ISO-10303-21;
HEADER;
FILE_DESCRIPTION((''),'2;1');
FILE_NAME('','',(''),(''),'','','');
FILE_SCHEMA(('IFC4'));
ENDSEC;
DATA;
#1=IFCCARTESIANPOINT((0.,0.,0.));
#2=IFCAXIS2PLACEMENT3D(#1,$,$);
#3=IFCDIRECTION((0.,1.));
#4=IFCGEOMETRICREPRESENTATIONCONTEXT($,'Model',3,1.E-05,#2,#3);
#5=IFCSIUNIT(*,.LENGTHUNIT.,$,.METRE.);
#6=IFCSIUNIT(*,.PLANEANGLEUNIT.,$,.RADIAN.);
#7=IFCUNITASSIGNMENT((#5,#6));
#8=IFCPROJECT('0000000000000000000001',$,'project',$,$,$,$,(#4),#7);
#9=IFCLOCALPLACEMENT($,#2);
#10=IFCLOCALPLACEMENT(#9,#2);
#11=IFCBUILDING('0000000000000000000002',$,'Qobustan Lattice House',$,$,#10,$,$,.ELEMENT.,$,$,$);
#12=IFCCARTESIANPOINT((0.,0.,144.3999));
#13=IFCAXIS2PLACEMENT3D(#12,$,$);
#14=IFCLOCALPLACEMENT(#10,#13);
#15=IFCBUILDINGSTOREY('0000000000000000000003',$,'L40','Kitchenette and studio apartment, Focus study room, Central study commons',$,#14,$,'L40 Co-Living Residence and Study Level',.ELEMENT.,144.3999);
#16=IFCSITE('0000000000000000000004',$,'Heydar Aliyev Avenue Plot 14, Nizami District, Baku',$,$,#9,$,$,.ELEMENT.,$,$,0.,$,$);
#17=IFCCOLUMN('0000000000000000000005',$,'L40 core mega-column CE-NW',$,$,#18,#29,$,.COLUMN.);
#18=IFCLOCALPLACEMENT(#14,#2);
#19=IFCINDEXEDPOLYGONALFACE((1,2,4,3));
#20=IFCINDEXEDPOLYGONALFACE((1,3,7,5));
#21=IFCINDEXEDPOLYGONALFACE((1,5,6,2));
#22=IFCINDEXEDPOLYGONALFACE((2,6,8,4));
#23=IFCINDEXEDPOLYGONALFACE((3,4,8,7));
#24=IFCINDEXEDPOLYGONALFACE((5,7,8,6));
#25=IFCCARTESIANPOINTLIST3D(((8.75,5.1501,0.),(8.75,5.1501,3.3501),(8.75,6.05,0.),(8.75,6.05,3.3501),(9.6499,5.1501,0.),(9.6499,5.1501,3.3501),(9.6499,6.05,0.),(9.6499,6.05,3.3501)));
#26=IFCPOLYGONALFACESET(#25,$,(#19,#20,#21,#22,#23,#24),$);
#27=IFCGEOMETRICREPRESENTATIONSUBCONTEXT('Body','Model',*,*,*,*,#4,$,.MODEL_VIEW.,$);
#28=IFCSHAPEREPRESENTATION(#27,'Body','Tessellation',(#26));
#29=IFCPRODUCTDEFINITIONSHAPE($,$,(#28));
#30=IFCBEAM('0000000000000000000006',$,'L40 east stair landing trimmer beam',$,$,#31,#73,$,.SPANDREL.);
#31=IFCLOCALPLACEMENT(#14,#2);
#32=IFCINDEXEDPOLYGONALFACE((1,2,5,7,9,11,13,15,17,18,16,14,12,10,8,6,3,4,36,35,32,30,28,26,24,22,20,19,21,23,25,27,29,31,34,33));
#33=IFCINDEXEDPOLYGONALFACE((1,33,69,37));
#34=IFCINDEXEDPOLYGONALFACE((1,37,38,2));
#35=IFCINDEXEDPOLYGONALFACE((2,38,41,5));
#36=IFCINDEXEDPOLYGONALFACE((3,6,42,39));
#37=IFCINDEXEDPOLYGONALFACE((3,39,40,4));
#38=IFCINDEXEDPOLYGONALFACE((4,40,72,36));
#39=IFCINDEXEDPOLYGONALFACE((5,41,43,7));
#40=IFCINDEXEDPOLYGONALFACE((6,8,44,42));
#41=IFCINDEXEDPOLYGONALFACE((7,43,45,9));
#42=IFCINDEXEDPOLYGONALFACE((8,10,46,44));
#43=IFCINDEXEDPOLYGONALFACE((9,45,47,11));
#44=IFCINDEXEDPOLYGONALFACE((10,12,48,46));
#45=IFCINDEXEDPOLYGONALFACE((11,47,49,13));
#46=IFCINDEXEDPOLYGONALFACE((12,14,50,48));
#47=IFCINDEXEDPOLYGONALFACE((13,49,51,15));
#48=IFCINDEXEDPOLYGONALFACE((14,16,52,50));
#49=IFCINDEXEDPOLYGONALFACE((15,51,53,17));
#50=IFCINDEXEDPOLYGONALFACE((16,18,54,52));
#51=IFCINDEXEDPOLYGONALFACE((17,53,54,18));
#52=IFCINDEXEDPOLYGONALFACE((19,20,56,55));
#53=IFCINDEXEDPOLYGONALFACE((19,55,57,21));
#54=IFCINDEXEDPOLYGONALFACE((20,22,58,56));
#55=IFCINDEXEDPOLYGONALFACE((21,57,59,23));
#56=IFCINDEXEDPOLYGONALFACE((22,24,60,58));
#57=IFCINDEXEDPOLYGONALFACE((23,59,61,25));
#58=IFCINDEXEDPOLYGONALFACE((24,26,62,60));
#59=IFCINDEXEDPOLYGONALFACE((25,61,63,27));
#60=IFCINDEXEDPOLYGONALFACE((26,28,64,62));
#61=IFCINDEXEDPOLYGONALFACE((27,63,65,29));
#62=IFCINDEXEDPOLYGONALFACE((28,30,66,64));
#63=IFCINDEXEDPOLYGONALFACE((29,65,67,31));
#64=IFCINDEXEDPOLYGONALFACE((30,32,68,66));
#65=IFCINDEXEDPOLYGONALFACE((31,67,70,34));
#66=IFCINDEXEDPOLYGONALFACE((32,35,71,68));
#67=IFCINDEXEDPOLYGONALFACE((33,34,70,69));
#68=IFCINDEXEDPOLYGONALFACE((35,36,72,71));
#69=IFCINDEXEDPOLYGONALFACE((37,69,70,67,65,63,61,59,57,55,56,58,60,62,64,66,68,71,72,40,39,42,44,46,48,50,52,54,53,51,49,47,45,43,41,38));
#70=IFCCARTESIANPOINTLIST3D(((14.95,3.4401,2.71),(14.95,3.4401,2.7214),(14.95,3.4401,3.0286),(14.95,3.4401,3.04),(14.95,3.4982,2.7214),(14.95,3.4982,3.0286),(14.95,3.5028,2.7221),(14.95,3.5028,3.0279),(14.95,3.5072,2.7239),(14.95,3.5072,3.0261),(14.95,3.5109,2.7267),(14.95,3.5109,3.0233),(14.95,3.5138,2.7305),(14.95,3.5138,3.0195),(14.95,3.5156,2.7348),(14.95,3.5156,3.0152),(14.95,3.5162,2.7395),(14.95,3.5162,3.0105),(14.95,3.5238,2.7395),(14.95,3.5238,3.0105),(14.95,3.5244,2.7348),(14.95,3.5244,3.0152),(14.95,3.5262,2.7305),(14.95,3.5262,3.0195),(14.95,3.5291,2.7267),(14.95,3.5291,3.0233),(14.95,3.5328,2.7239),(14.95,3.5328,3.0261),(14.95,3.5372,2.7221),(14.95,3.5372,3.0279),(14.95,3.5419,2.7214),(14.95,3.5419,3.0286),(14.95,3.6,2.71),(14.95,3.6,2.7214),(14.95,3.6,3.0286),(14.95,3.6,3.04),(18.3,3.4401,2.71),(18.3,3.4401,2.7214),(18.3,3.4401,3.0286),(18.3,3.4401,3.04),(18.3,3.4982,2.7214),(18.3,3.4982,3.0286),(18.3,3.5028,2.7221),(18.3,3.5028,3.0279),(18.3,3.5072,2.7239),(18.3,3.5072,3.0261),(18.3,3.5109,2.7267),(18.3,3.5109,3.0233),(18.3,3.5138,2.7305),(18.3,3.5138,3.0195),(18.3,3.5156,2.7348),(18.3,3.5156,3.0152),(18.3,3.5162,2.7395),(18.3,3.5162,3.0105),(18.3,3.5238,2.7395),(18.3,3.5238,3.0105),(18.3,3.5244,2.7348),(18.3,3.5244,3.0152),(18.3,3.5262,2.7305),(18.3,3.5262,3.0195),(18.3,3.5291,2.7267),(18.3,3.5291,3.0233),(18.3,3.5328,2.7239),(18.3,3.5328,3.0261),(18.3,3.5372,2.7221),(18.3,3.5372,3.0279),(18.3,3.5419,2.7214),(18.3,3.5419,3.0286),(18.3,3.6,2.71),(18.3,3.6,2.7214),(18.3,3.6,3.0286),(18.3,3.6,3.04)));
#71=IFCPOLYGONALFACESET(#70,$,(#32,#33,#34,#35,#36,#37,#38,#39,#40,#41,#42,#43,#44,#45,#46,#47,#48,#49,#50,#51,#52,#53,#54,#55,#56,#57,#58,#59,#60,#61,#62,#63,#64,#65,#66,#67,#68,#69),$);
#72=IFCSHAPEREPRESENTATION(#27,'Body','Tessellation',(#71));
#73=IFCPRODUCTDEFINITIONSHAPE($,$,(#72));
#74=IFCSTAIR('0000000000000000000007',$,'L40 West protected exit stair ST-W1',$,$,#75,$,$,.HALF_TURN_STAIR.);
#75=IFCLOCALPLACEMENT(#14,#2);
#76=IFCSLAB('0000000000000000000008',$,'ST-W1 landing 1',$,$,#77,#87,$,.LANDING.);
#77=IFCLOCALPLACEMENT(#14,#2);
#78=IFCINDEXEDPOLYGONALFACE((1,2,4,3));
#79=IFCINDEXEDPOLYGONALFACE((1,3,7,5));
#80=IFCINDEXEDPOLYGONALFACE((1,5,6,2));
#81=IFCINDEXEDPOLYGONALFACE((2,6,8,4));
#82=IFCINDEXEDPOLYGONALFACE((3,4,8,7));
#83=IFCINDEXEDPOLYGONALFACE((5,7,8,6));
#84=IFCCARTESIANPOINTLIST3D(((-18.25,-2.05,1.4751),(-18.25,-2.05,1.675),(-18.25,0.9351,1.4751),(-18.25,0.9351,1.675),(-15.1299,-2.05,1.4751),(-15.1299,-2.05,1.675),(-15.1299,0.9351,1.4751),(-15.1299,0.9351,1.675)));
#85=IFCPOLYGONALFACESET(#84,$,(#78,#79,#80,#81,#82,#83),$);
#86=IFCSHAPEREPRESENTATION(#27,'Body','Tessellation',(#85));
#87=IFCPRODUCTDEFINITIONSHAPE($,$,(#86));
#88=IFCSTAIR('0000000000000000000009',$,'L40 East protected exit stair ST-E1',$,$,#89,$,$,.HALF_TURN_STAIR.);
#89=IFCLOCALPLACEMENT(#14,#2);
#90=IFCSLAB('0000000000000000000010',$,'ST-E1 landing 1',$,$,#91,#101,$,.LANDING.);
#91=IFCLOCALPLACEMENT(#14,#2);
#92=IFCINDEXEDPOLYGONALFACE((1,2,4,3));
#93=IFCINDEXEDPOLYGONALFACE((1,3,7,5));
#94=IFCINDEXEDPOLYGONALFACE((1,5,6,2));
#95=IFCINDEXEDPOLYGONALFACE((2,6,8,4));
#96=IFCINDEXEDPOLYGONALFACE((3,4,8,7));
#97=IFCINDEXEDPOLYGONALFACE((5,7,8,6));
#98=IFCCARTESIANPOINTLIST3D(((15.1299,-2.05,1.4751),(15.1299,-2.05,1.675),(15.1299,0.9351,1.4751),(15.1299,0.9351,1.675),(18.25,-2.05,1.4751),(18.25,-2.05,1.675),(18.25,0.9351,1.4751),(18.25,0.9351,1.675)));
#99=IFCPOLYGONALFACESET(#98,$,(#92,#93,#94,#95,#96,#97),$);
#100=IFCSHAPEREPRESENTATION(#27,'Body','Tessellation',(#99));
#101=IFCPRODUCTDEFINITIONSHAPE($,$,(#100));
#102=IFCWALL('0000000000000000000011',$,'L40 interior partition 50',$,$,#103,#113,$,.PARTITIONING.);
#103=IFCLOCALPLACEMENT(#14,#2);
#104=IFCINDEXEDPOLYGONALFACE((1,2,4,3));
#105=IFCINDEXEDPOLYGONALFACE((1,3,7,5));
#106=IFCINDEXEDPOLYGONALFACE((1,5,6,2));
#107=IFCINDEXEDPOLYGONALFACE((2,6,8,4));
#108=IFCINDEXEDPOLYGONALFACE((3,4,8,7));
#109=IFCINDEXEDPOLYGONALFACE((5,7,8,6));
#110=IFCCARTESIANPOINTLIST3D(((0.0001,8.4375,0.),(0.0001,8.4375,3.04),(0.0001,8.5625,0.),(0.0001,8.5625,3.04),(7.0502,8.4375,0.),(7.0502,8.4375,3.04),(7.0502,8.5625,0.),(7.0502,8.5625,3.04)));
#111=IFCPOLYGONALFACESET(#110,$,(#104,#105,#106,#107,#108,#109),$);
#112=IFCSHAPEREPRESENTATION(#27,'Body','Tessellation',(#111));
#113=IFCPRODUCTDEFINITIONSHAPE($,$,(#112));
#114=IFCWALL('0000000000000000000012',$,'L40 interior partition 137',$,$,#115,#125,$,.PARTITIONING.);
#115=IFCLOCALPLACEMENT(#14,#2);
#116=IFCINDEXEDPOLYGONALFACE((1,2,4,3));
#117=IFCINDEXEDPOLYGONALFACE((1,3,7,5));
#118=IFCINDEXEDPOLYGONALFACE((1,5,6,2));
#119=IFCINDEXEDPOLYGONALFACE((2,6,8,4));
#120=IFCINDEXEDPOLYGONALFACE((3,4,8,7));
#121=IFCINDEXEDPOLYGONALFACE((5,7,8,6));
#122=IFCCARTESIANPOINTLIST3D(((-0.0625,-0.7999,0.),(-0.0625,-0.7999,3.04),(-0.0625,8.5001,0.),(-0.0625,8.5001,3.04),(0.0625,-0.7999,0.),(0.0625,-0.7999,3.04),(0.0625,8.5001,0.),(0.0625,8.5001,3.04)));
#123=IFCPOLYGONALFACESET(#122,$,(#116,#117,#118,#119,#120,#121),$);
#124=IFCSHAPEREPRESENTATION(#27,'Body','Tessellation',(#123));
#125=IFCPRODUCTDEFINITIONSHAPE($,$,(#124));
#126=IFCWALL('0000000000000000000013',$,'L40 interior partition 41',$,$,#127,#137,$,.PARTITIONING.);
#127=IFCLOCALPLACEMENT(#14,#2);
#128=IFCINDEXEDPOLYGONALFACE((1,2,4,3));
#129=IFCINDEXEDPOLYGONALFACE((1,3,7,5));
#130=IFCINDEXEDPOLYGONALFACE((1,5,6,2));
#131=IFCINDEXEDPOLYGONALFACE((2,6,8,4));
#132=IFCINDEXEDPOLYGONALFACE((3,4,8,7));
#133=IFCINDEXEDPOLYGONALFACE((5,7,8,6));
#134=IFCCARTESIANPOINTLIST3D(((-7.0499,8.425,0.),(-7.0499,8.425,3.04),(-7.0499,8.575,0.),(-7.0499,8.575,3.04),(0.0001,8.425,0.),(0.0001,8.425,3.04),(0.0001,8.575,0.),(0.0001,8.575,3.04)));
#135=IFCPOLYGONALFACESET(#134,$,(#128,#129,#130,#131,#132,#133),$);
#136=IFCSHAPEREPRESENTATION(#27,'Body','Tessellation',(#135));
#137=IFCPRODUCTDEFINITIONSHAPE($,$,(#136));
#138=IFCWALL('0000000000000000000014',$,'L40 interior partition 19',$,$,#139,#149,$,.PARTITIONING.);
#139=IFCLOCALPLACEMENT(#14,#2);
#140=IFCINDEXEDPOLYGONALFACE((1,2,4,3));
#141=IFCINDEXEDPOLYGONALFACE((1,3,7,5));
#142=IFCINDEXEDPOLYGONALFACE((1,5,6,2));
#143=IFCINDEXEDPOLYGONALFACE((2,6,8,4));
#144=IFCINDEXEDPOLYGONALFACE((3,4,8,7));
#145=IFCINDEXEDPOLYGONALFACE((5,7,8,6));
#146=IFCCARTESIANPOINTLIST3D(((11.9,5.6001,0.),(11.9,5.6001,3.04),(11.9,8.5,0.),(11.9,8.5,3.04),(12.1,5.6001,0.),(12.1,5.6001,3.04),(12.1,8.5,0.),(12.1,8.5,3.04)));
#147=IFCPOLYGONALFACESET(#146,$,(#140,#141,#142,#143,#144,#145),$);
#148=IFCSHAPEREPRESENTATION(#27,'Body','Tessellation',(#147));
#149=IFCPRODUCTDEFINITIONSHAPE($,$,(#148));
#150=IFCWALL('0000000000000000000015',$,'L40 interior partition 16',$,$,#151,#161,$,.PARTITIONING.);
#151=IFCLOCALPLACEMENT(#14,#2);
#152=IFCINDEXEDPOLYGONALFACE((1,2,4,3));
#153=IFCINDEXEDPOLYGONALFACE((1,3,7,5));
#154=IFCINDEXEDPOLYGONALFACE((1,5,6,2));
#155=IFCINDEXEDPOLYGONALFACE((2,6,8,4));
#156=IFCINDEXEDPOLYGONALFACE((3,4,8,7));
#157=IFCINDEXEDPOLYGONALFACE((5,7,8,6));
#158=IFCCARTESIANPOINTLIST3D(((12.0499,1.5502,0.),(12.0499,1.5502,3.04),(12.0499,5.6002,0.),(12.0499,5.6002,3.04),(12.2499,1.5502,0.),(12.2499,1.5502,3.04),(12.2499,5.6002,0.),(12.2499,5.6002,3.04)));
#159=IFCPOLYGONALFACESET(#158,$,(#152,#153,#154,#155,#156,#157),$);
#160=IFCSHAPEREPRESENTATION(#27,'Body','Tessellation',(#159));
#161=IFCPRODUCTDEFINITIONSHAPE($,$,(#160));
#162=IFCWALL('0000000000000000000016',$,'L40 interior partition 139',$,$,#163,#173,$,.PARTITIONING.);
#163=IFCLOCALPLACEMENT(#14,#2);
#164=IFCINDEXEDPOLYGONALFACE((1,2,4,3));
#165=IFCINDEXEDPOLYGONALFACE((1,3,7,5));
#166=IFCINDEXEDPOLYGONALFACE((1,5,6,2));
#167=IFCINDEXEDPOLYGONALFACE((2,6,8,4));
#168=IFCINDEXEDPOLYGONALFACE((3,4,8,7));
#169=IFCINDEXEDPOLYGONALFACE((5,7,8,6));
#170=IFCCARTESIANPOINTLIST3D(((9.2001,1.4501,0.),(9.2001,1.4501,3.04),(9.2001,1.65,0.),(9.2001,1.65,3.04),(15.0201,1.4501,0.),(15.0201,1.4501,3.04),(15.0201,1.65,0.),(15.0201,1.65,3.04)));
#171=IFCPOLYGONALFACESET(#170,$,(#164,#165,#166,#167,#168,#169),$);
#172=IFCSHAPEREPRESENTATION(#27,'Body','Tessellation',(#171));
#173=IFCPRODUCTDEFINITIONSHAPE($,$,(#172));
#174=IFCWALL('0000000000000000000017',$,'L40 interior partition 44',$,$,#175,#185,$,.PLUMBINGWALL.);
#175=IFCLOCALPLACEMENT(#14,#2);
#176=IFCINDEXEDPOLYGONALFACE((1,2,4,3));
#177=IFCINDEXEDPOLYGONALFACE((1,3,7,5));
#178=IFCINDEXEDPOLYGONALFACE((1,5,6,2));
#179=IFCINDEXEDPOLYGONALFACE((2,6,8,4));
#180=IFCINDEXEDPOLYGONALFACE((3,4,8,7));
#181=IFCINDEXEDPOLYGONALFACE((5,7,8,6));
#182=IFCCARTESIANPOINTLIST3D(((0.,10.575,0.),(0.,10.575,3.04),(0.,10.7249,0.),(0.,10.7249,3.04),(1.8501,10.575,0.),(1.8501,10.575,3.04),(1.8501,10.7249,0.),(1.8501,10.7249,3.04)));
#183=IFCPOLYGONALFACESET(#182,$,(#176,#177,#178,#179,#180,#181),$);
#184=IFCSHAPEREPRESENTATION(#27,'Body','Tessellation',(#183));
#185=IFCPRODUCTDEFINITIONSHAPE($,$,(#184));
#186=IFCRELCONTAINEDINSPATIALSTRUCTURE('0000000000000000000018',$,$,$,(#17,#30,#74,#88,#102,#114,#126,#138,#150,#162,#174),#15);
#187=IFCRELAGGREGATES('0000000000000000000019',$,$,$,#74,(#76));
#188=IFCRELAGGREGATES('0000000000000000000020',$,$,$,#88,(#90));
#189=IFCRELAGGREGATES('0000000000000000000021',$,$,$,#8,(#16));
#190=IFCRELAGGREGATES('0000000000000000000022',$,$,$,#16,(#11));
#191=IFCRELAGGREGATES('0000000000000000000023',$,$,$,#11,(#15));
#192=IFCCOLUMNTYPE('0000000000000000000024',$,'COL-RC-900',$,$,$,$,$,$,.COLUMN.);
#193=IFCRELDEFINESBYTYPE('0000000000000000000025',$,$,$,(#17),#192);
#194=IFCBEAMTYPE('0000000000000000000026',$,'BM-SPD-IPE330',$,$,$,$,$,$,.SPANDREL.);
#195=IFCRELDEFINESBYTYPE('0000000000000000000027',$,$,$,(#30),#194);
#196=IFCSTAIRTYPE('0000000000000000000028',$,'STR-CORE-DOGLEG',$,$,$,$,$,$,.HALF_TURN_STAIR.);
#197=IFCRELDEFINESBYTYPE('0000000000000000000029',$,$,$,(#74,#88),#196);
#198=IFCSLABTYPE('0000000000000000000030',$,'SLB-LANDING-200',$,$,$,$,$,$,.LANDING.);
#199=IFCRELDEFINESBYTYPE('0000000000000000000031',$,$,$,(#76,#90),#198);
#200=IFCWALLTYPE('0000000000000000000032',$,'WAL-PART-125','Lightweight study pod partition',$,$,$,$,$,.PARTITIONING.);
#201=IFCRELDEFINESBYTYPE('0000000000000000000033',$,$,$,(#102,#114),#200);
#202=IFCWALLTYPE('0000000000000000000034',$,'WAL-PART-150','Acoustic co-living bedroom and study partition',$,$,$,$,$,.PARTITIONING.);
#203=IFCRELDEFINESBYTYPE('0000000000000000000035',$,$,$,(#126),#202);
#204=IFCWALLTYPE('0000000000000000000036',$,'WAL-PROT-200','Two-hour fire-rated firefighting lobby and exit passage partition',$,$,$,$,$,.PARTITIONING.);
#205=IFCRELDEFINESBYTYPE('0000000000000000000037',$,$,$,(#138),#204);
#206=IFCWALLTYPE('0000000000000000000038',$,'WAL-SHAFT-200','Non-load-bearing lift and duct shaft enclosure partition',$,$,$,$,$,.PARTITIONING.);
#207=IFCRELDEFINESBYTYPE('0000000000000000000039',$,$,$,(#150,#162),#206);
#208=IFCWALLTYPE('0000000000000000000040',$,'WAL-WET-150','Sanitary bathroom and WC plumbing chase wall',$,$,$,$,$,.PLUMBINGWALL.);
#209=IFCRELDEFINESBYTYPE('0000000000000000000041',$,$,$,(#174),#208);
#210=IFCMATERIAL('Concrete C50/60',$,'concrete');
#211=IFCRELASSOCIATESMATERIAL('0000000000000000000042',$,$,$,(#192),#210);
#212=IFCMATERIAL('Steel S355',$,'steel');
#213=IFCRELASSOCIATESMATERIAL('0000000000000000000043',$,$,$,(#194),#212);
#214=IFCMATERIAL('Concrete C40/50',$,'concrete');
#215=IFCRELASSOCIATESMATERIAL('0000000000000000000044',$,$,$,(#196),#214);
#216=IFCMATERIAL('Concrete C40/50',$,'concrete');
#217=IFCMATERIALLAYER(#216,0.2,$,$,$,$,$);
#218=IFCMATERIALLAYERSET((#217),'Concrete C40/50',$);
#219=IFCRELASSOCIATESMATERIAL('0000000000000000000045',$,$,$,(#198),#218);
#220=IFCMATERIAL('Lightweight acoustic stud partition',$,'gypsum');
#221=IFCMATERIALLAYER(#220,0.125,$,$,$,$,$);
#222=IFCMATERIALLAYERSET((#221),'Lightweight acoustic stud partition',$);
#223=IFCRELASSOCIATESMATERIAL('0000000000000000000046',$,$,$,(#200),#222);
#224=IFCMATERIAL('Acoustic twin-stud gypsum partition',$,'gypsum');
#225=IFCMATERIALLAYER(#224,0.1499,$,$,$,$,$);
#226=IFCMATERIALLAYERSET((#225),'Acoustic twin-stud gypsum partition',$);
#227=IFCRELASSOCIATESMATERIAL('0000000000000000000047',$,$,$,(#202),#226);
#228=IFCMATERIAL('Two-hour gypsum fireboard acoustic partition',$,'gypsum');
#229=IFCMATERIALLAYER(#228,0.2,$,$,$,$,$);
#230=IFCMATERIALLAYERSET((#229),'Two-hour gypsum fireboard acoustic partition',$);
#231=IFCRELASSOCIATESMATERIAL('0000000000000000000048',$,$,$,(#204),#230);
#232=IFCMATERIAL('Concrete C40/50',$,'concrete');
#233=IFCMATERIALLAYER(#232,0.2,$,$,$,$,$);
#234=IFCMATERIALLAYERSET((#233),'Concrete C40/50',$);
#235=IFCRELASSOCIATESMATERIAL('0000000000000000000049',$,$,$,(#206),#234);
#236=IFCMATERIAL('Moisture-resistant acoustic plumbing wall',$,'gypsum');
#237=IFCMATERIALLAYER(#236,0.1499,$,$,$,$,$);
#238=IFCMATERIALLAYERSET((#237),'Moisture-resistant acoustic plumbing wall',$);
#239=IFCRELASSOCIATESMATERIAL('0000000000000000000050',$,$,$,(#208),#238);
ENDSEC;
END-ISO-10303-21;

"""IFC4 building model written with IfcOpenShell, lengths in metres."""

from ifc_helpers import new_model, si_unit, direction, frame, frame_2d, origin, origin_2d, place, context, subcontext, project, spatial, polyline, rectangle, i_section, outline, extrude, material, layer, layer_set, material_profile, profile_set, type_object, element, aggregate, save


model = new_model("IFC4")

# Units and contexts
model_context = context("Model", 3, precision=1e-05, world=origin(), true_north=direction((0.0, 1.0)))
body_context = subcontext(model_context, "Body", "Model", "MODEL_VIEW")
ifc_project = project(units=[si_unit("LENGTHUNIT", "METRE"), si_unit("PLANEANGLEUNIT", "RADIAN")], contexts=[model_context])

# Site, building, storey
site_placement = place(None, origin())
site = spatial("IfcSite", under=ifc_project, at=site_placement, Name="Heydar Aliyev Avenue Plot 14, Nizami District, Baku", CompositionType="ELEMENT", RefElevation=0.0)
building_placement = place(site_placement, origin())
building = spatial("IfcBuilding", under=site, at=building_placement, Name="Qobustan Lattice House", CompositionType="ELEMENT")
storey_placement = place(building_placement, frame((0.0, 0.0, 144.3999)))
storey = spatial("IfcBuildingStorey", under=building, at=storey_placement, Name="L40", Description="Kitchenette and studio apartment, Focus study room, Central study commons", LongName="L40 Co-Living Residence and Study Level", CompositionType="ELEMENT", Elevation=144.3999)

# Column
ifc_material_1 = material(Name="Concrete C50/60", Category="concrete")
ifc_material_profile_1 = material_profile(ifc_material_1, rectangle(XDim=0.8999, YDim=0.8999, at=origin_2d()), Name="RC900x900")
ifc_profile_set_1 = profile_set([ifc_material_profile_1], Name="Concrete C50/60")
column_type = type_object("IfcColumnType", Name="COL-RC-900", PredefinedType="COLUMN", material=ifc_profile_set_1)
column_placement = place(storey_placement, frame((9.2, 5.6001, 0.0), z_axis=(0.0, 0.0, 1.0), x_axis=(1.0, 0.0, 0.0)))
element("IfcColumn", 1, at=column_placement, inside=storey, type_object=column_type, Name="L40 core mega-column CE-NW", PredefinedType="COLUMN", context=body_context, shape_type="SweptSolid", body=[
    extrude(rectangle(XDim=0.8999, YDim=0.8999, at=origin_2d()), origin(), (0.0, 0.0, 1.0), 3.3501),
])

# Beam
ifc_material_2 = material(Name="Steel S355", Category="steel")
ifc_material_profile_2 = material_profile(ifc_material_2, i_section(OverallWidth=0.1599, OverallDepth=0.3301, WebThickness=0.0076, FlangeThickness=0.0115, FilletRadius=0.0181, at=origin_2d()), Name="IPE330")
ifc_profile_set_2 = profile_set([ifc_material_profile_2], Name="Steel S355")
beam_type = type_object("IfcBeamType", Name="BM-SPD-IPE330", PredefinedType="SPANDREL", material=ifc_profile_set_2)
beam_placement = place(storey_placement, frame((14.95, 3.52, 2.875), z_axis=(1.0, 0.0, 0.0), x_axis=(0.0, 1.0, 0.0)))
element("IfcBeam", 2, at=beam_placement, inside=storey, type_object=beam_type, Name="L40 east stair landing trimmer beam", PredefinedType="SPANDREL", context=body_context, shape_type="SweptSolid", body=[
    extrude(i_section(OverallWidth=0.1599, OverallDepth=0.3301, WebThickness=0.0076, FlangeThickness=0.0115, FilletRadius=0.0181, at=origin_2d()), origin(), (0.0, 0.0, 1.0), 3.3501),
])

# Stairs, slabs
ifc_material_3 = material(Name="Concrete C40/50", Category="concrete")
stair_type = type_object("IfcStairType", Name="STR-CORE-DOGLEG", PredefinedType="HALF_TURN_STAIR", material=ifc_material_3)
stair_1_placement = place(storey_placement, origin())
stair_1 = element("IfcStair", 3, at=stair_1_placement, inside=storey, type_object=stair_type, Name="L40 West protected exit stair ST-W1", PredefinedType="HALF_TURN_STAIR")
ifc_material_4 = material(Name="Concrete C40/50", Category="concrete")
ifc_layer_1 = layer(ifc_material_4, 0.2)
ifc_layer_set_1 = layer_set([ifc_layer_1], Name="Concrete C40/50")
slab_type = type_object("IfcSlabType", Name="SLB-LANDING-200", PredefinedType="LANDING", material=ifc_layer_set_1)
slab_1_placement = place(storey_placement, frame((0.0, 0.0, 1.4751)))
slab_1 = element("IfcSlab", 4, at=slab_1_placement, type_object=slab_type, Name="ST-W1 landing 1", PredefinedType="LANDING", context=body_context, shape_type="SweptSolid", body=[
    extrude(outline(polyline([(-18.25, 0.9351), (-18.25, -2.05), (-15.1299, -2.05), (-15.1299, 0.9351), (-18.25, 0.9351)])), origin(), (0.0, 0.0, 1.0), 0.2),
])
aggregate(stair_1, [slab_1])
stair_2_placement = place(storey_placement, origin())
stair_2 = element("IfcStair", 5, at=stair_2_placement, inside=storey, type_object=stair_type, Name="L40 East protected exit stair ST-E1", PredefinedType="HALF_TURN_STAIR")
slab_2_placement = place(storey_placement, frame((0.0, 0.0, 1.4751)))
slab_2 = element("IfcSlab", 6, at=slab_2_placement, type_object=slab_type, Name="ST-E1 landing 1", PredefinedType="LANDING", context=body_context, shape_type="SweptSolid", body=[
    extrude(outline(polyline([(15.1299, 0.9351), (15.1299, -2.05), (18.25, -2.05), (18.25, 0.9351), (15.1299, 0.9351)])), origin(), (0.0, 0.0, 1.0), 0.2),
])
aggregate(stair_2, [slab_2])

# Walls
ifc_material_5 = material(Name="Lightweight acoustic stud partition", Category="gypsum")
ifc_layer_2 = layer(ifc_material_5, 0.125)
ifc_layer_set_2 = layer_set([ifc_layer_2], Name="Lightweight acoustic stud partition")
wall_type_1 = type_object("IfcWallType", Name="WAL-PART-125", Description="Lightweight study pod partition", PredefinedType="PARTITIONING", material=ifc_layer_set_2)
wall_1_placement = place(storey_placement, frame((7.05, 8.5, 0.0), z_axis=(0.0, 0.0, 1.0), x_axis=(-1.0, 0.0, 0.0)))
element("IfcWall", 7, at=wall_1_placement, inside=storey, type_object=wall_type_1, Name="L40 interior partition 50", PredefinedType="PARTITIONING", context=body_context, shape_type="SweptSolid", body=[
    extrude(rectangle(XDim=7.05, YDim=0.125, at=frame_2d((3.5249, 0.0))), origin(), (0.0, 0.0, 1.0), 3.04),
])
wall_2_placement = place(storey_placement, frame((0.0, 8.5, 0.0), z_axis=(0.0, 0.0, 1.0), x_axis=(0.0, -1.0, 0.0)))
element("IfcWall", 8, at=wall_2_placement, inside=storey, type_object=wall_type_1, Name="L40 interior partition 137", PredefinedType="PARTITIONING", context=body_context, shape_type="SweptSolid", body=[
    extrude(rectangle(XDim=9.3, YDim=0.125, at=frame_2d((4.6499, 0.0))), origin(), (0.0, 0.0, 1.0), 3.04),
])
ifc_material_6 = material(Name="Acoustic twin-stud gypsum partition", Category="gypsum")
ifc_layer_3 = layer(ifc_material_6, 0.1499)
ifc_layer_set_3 = layer_set([ifc_layer_3], Name="Acoustic twin-stud gypsum partition")
wall_type_2 = type_object("IfcWallType", Name="WAL-PART-150", Description="Acoustic co-living bedroom and study partition", PredefinedType="PARTITIONING", material=ifc_layer_set_3)
wall_3_placement = place(storey_placement, frame((0.0, 8.5, 0.0), z_axis=(0.0, 0.0, 1.0), x_axis=(-1.0, 0.0, 0.0)))
element("IfcWall", 9, at=wall_3_placement, inside=storey, type_object=wall_type_2, Name="L40 interior partition 41", PredefinedType="PARTITIONING", context=body_context, shape_type="SweptSolid", body=[
    extrude(rectangle(XDim=7.05, YDim=0.1499, at=frame_2d((3.5249, 0.0))), origin(), (0.0, 0.0, 1.0), 3.04),
])
ifc_material_7 = material(Name="Two-hour gypsum fireboard acoustic partition", Category="gypsum")
ifc_layer_4 = layer(ifc_material_7, 0.2)
ifc_layer_set_4 = layer_set([ifc_layer_4], Name="Two-hour gypsum fireboard acoustic partition")
wall_type_3 = type_object("IfcWallType", Name="WAL-PROT-200", Description="Two-hour fire-rated firefighting lobby and exit passage partition", PredefinedType="PARTITIONING", material=ifc_layer_set_4)
wall_4_placement = place(storey_placement, frame((12.0, 8.5, 0.0), z_axis=(0.0, 0.0, 1.0), x_axis=(0.0, -1.0, 0.0)))
element("IfcWall", 10, at=wall_4_placement, inside=storey, type_object=wall_type_3, Name="L40 interior partition 19", PredefinedType="PARTITIONING", context=body_context, shape_type="SweptSolid", body=[
    extrude(rectangle(XDim=2.8999, YDim=0.2, at=frame_2d((1.45, 0.0))), origin(), (0.0, 0.0, 1.0), 3.04),
])
ifc_material_8 = material(Name="Concrete C40/50", Category="concrete")
ifc_layer_5 = layer(ifc_material_8, 0.2)
ifc_layer_set_5 = layer_set([ifc_layer_5], Name="Concrete C40/50")
wall_type_4 = type_object("IfcWallType", Name="WAL-SHAFT-200", Description="Non-load-bearing lift and duct shaft enclosure partition", PredefinedType="PARTITIONING", material=ifc_layer_set_5)
wall_5_placement = place(storey_placement, frame((12.1499, 5.6001, 0.0), z_axis=(0.0, 0.0, 1.0), x_axis=(0.0, -1.0, 0.0)))
element("IfcWall", 11, at=wall_5_placement, inside=storey, type_object=wall_type_4, Name="L40 interior partition 16", PredefinedType="PARTITIONING", context=body_context, shape_type="SweptSolid", body=[
    extrude(rectangle(XDim=4.05, YDim=0.2, at=frame_2d((2.0249, 0.0))), origin(), (0.0, 0.0, 1.0), 3.04),
])
wall_6_placement = place(storey_placement, frame((9.2, 1.55, 0.0), z_axis=(0.0, 0.0, 1.0), x_axis=(1.0, 0.0, 0.0)))
element("IfcWall", 12, at=wall_6_placement, inside=storey, type_object=wall_type_4, Name="L40 interior partition 139", PredefinedType="PARTITIONING", context=body_context, shape_type="SweptSolid", body=[
    extrude(rectangle(XDim=5.8201, YDim=0.2, at=frame_2d((2.9102, 0.0))), origin(), (0.0, 0.0, 1.0), 3.04),
])
ifc_material_9 = material(Name="Moisture-resistant acoustic plumbing wall", Category="gypsum")
ifc_layer_6 = layer(ifc_material_9, 0.1499)
ifc_layer_set_6 = layer_set([ifc_layer_6], Name="Moisture-resistant acoustic plumbing wall")
wall_type_5 = type_object("IfcWallType", Name="WAL-WET-150", Description="Sanitary bathroom and WC plumbing chase wall", PredefinedType="PLUMBINGWALL", material=ifc_layer_set_6)
wall_7_placement = place(storey_placement, frame((0.0, 10.6499, 0.0), z_axis=(0.0, 0.0, 1.0), x_axis=(1.0, 0.0, 0.0)))
element("IfcWall", 13, at=wall_7_placement, inside=storey, type_object=wall_type_5, Name="L40 interior partition 44", PredefinedType="PLUMBINGWALL", context=body_context, shape_type="SweptSolid", body=[
    extrude(rectangle(XDim=1.8501, YDim=0.1499, at=frame_2d((0.925, 0.0))), origin(), (0.0, 0.0, 1.0), 3.04),
])

save(model, "model.ifc")
